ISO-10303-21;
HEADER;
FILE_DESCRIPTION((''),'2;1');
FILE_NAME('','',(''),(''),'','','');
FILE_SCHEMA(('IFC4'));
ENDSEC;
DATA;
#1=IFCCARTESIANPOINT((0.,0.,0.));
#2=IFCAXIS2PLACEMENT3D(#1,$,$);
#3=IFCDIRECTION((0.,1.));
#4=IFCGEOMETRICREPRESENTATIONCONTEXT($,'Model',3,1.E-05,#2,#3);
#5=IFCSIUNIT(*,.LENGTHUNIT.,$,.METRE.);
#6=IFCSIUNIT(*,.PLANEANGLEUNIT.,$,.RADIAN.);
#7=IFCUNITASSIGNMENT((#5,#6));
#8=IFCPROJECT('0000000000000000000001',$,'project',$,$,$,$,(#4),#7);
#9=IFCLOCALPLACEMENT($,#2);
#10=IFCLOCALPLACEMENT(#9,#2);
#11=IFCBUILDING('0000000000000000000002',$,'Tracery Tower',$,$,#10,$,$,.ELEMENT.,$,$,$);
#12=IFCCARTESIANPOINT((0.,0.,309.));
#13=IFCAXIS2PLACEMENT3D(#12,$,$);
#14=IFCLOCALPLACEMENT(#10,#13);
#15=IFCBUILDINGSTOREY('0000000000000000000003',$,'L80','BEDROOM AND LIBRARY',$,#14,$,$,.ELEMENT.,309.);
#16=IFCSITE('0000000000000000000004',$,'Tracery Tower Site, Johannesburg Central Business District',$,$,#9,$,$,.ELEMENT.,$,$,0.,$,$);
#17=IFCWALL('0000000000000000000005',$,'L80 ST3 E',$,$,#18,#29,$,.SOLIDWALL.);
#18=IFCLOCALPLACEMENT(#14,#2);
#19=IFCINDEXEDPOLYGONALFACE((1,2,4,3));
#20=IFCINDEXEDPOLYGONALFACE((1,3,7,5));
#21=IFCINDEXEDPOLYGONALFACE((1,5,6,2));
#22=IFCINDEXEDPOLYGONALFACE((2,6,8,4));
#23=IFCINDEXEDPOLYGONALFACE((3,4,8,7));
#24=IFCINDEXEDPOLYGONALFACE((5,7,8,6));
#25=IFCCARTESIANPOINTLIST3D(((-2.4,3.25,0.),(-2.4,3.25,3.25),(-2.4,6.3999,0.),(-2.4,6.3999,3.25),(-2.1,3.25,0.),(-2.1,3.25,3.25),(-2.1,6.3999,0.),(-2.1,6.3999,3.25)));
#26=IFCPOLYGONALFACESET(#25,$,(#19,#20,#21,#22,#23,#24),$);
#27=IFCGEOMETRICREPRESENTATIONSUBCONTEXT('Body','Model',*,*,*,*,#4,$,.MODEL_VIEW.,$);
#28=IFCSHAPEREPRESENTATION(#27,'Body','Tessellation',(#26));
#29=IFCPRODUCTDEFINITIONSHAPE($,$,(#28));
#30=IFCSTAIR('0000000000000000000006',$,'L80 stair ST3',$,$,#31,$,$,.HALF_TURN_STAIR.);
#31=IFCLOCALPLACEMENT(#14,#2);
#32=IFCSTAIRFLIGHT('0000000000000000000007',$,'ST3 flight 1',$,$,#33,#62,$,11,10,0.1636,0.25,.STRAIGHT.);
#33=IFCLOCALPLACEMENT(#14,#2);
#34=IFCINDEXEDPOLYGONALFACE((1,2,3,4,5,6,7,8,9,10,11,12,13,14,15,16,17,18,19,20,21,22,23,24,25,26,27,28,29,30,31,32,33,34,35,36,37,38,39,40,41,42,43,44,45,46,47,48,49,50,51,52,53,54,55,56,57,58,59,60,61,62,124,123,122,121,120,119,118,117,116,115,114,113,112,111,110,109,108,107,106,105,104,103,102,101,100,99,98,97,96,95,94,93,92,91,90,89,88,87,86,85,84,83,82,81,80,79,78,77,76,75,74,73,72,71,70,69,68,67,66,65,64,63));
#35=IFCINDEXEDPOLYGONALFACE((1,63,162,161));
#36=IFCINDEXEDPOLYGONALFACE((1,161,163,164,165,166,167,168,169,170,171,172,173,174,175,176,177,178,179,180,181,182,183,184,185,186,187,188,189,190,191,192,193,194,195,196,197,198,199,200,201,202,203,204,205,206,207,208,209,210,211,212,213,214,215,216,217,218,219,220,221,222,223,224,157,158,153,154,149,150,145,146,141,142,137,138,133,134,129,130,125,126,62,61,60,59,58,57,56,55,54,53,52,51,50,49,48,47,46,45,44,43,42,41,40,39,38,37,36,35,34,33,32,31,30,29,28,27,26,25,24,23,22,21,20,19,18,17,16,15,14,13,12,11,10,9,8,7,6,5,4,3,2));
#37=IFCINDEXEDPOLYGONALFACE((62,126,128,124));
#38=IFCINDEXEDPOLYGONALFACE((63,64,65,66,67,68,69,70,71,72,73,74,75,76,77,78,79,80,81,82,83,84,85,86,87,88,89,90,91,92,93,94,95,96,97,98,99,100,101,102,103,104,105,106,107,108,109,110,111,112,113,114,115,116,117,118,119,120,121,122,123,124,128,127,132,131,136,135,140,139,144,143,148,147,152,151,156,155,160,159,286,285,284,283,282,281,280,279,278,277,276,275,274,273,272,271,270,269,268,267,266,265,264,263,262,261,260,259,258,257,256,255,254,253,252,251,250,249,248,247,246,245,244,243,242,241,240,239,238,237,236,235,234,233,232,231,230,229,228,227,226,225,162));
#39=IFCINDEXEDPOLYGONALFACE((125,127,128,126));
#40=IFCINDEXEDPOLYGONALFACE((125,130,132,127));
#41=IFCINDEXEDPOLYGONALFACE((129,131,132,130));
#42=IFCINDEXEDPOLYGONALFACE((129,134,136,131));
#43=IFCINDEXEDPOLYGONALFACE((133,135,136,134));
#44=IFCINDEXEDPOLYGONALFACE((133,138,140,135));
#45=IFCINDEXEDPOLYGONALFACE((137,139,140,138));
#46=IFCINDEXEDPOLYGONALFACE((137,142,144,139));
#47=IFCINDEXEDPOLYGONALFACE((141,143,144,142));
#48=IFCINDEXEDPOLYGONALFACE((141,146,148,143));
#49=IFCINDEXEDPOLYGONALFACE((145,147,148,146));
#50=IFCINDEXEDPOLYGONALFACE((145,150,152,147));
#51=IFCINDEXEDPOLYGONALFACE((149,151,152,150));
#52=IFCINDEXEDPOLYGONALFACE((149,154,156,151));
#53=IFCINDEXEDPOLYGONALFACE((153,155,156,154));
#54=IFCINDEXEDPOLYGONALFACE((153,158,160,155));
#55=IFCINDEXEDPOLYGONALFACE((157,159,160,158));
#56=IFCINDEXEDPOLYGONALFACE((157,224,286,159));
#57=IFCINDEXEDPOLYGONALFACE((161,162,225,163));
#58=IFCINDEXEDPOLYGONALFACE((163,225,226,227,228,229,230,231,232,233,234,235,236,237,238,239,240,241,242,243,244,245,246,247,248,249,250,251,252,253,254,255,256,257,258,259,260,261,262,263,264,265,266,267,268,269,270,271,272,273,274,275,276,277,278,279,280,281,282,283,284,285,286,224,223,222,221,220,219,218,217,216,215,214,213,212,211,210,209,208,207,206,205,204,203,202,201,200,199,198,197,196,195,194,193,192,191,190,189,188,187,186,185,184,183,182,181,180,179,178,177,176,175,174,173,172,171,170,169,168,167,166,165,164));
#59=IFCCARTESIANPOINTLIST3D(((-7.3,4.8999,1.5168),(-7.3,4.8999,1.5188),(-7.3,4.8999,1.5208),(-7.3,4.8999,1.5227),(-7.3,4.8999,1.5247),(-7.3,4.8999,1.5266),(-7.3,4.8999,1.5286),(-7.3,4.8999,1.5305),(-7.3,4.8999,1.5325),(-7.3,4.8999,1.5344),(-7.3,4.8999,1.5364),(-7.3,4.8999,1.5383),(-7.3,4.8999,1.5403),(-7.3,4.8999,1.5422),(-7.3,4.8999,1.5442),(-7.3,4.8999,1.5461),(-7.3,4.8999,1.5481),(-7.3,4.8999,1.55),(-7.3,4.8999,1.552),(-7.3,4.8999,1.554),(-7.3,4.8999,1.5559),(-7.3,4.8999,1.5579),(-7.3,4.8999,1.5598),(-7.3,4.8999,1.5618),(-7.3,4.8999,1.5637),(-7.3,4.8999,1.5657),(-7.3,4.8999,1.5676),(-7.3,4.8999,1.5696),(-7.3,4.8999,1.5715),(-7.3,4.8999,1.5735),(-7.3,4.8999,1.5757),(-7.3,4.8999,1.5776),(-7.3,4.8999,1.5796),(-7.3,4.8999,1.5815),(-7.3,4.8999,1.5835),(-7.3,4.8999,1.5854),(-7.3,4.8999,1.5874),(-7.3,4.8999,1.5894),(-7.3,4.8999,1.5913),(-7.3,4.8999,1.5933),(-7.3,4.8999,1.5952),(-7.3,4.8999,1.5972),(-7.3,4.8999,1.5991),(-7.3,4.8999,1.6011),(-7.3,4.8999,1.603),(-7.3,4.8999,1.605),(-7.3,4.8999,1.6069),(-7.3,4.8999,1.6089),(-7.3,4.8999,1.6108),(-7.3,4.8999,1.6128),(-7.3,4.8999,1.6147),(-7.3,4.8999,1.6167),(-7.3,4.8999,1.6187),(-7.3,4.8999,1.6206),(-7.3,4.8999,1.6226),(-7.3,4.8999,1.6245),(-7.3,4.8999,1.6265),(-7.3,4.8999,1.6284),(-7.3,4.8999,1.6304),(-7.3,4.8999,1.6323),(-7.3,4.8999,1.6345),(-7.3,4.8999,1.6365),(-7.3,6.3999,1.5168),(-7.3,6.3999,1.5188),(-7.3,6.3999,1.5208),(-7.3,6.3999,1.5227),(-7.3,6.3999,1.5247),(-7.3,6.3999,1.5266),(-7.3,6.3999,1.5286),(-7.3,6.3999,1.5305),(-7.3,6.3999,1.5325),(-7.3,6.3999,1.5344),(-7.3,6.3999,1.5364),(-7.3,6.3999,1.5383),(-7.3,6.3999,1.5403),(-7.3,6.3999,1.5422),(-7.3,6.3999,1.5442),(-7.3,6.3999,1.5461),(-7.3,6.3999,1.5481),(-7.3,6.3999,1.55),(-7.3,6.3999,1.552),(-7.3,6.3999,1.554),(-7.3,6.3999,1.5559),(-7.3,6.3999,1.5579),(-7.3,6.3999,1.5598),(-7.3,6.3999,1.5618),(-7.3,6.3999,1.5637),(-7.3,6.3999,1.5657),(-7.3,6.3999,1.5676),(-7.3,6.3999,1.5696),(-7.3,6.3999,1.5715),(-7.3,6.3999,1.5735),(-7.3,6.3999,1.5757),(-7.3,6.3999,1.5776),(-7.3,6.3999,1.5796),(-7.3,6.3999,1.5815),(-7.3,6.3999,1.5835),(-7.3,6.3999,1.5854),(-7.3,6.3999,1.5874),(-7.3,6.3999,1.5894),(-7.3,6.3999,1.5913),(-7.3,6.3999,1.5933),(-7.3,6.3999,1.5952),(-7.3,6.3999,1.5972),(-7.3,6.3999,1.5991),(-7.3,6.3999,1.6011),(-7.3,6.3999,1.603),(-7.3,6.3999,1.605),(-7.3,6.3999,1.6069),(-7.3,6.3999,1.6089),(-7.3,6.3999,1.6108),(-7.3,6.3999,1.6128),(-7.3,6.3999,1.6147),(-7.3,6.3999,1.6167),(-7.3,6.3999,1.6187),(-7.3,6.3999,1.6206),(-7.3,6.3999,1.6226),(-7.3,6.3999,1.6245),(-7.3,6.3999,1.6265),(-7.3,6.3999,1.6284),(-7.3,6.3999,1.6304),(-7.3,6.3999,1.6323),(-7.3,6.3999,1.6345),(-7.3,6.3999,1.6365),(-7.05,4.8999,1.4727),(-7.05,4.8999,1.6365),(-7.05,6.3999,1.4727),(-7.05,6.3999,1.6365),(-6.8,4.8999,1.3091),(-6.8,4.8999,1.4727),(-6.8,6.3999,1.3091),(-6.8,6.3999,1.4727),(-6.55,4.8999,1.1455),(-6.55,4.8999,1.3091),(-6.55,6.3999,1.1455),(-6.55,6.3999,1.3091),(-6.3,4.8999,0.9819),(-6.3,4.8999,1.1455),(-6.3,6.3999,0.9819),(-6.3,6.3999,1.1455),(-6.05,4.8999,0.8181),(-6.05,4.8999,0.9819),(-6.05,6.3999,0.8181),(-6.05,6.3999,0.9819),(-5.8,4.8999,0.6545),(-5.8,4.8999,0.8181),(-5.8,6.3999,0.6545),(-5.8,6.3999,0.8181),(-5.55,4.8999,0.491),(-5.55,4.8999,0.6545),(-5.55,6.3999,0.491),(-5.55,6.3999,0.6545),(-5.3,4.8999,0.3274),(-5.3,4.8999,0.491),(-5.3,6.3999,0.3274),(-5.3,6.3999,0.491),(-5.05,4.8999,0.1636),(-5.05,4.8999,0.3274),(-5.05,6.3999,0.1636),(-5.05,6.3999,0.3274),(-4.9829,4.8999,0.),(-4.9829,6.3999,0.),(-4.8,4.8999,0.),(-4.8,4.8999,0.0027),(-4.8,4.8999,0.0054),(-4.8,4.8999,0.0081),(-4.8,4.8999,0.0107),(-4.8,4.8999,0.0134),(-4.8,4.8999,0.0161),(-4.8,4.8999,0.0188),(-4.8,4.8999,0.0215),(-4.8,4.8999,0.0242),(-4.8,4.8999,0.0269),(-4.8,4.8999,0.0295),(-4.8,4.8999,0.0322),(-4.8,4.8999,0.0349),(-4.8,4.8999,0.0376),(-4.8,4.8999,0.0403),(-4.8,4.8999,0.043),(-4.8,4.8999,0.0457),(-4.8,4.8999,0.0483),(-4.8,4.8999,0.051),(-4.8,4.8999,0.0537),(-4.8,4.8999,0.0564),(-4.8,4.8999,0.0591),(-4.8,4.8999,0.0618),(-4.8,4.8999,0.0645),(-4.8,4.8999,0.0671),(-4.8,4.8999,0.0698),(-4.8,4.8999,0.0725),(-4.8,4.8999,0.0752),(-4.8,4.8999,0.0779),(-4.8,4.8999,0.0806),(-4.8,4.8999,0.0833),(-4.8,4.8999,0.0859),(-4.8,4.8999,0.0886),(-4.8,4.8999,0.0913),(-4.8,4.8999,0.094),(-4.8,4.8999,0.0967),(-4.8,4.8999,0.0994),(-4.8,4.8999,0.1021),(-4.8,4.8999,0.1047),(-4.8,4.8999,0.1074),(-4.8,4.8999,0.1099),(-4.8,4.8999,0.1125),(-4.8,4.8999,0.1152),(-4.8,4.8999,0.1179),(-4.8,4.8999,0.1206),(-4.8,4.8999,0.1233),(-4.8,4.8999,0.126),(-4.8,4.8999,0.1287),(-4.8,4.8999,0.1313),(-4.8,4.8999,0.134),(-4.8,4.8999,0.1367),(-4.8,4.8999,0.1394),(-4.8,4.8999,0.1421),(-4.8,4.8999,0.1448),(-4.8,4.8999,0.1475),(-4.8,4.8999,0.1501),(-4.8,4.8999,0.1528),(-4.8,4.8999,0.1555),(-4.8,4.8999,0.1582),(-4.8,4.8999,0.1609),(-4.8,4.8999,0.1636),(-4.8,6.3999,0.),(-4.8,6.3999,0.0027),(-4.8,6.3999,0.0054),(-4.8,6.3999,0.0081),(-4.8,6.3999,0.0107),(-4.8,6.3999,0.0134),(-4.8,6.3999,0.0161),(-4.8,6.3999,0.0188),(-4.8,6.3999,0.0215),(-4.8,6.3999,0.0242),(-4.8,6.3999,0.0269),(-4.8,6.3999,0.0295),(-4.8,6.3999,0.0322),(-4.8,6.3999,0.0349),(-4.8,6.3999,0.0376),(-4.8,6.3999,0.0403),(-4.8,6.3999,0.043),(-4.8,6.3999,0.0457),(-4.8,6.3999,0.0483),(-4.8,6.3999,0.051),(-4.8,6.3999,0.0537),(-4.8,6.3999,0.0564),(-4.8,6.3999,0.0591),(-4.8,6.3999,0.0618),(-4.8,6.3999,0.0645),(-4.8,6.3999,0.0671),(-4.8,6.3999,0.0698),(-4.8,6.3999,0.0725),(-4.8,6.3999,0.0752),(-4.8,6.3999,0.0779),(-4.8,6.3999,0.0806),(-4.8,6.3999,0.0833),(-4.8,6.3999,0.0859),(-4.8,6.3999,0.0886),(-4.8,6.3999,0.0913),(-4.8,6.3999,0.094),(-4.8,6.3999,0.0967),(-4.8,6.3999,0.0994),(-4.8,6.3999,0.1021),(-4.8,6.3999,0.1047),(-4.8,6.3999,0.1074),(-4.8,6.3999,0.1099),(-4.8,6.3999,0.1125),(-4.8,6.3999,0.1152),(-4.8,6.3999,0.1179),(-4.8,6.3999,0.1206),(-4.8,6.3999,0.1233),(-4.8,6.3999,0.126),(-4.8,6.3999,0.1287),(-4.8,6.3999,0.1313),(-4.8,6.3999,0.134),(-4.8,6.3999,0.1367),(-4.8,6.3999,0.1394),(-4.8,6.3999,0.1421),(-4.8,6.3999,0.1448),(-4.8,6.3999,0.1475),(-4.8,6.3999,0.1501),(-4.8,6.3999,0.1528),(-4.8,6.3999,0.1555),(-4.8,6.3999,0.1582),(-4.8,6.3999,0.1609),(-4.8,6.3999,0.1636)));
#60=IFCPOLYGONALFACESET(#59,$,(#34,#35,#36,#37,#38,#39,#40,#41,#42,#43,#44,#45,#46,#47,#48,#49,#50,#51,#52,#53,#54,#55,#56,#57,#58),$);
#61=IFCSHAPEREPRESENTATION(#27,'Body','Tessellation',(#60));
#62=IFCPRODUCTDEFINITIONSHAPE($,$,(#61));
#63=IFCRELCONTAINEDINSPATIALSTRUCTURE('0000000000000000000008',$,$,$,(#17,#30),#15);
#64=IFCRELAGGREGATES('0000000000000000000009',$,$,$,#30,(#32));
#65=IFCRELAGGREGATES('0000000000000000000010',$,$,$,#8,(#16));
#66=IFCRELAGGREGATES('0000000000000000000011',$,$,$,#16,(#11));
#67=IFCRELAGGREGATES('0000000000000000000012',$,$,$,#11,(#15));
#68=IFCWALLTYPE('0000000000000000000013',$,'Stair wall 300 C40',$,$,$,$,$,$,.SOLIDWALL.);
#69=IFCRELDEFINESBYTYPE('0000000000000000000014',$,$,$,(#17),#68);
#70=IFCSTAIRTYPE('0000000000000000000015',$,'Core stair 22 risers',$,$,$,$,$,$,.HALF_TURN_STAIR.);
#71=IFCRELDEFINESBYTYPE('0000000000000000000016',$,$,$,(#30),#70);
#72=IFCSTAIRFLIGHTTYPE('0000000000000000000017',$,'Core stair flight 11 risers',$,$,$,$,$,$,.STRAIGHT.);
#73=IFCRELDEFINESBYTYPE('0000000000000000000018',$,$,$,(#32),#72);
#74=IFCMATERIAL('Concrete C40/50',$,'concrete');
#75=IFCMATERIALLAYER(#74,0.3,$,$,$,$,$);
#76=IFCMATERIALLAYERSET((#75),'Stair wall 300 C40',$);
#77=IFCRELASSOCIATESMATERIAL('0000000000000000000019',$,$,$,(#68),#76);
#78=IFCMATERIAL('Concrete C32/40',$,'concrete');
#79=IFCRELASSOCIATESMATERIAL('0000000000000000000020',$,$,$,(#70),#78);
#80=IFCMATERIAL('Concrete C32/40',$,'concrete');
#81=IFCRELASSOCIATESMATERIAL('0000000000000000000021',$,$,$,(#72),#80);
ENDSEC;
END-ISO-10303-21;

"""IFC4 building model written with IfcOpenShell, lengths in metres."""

from ifc_helpers import new_model, si_unit, direction, frame, frame_2d, origin, place, context, subcontext, project, spatial, polyline, rectangle, outline, extrude, material, layer, layer_set, type_object, element, aggregate, save


model = new_model("IFC4")

# Units and contexts
model_context = context("Model", 3, precision=1e-05, world=origin(), true_north=direction((0.0, 1.0)))
body_context = subcontext(model_context, "Body", "Model", "MODEL_VIEW")
ifc_project = project(units=[si_unit("LENGTHUNIT", "METRE"), si_unit("PLANEANGLEUNIT", "RADIAN")], contexts=[model_context])

# Site, building, storey
site_placement = place(None, origin())
site = spatial("IfcSite", under=ifc_project, at=site_placement, Name="Tracery Tower Site, Johannesburg Central Business District", CompositionType="ELEMENT", RefElevation=0.0)
building_placement = place(site_placement, origin())
building = spatial("IfcBuilding", under=site, at=building_placement, Name="Tracery Tower", CompositionType="ELEMENT")
storey_placement = place(building_placement, frame((0.0, 0.0, 309.0)))
storey = spatial("IfcBuildingStorey", under=building, at=storey_placement, Name="L80", Description="BEDROOM AND LIBRARY", CompositionType="ELEMENT", Elevation=309.0)

# Shared definitions
ifc_material_1 = material(Name="Concrete C40/50", Category="concrete")
ifc_layer_1 = layer(ifc_material_1, 0.3)
ifc_layer_set_1 = layer_set([ifc_layer_1], Name="Stair wall 300 C40")
wall_type_1 = type_object("IfcWallType", Name="Stair wall 300 C40", PredefinedType="SOLIDWALL", material=ifc_layer_set_1)

# Wall
wall_1_placement = place(storey_placement, frame((-2.25, 3.25, 0.0), z_axis=(0.0, 0.0, 1.0), x_axis=(0.0, 1.0, 0.0)))
element("IfcWall", 1, at=wall_1_placement, inside=storey, type_object=wall_type_1, Name="L80 ST3 E", PredefinedType="SOLIDWALL", context=body_context, shape_type="SweptSolid", body=[
    extrude(rectangle(XDim=3.1499, YDim=0.3, at=frame_2d((1.575, 0.0))), origin(), (0.0, 0.0, 1.0), 3.25),
])

# Stair, stair flight
ifc_material_2 = material(Name="Concrete C32/40", Category="concrete")
stair_type = type_object("IfcStairType", Name="Core stair 22 risers", PredefinedType="HALF_TURN_STAIR", material=ifc_material_2)
stair_placement = place(storey_placement, origin())
stair = element("IfcStair", 2, at=stair_placement, inside=storey, type_object=stair_type, Name="L80 stair ST3", PredefinedType="HALF_TURN_STAIR")
ifc_material_3 = material(Name="Concrete C32/40", Category="concrete")
stair_flight_type = type_object("IfcStairFlightType", Name="Core stair flight 11 risers", PredefinedType="STRAIGHT", material=ifc_material_3)
stair_flight_1_placement = place(storey_placement, frame((-4.8, 5.6499, 0.0), z_axis=(0.0, 0.0, 1.0), x_axis=(-1.0, 0.0, 0.0)))
stair_flight_1 = element("IfcStairFlight", 3, at=stair_flight_1_placement, type_object=stair_flight_type, Name="ST3 flight 1", NumberOfRisers=11, NumberOfTreads=10, PredefinedType="STRAIGHT", RiserHeight=0.1636, TreadLength=0.25, context=body_context, shape_type="SweptSolid", body=[
    extrude(outline(polyline([(0.0, 0.0), (0.0, 0.0027), (0.0, 0.0054), (0.0, 0.0081), (0.0, 0.0107), (0.0, 0.0134), (0.0, 0.0161), (0.0, 0.0188), (0.0, 0.0215), (0.0, 0.0242), (0.0, 0.0269), (0.0, 0.0295), (0.0, 0.0322), (0.0, 0.0349), (0.0, 0.0376), (0.0, 0.0403), (0.0, 0.043), (0.0, 0.0457), (0.0, 0.0483), (0.0, 0.051), (0.0, 0.0537), (0.0, 0.0564), (0.0, 0.0591), (0.0, 0.0618), (0.0, 0.0645), (0.0, 0.0671), (0.0, 0.0698), (0.0, 0.0725), (0.0, 0.0752), (0.0, 0.0779), (0.0, 0.0806), (0.0, 0.0833), (0.0, 0.0859), (0.0, 0.0886), (0.0, 0.0913), (0.0, 0.094), (0.0, 0.0967), (0.0, 0.0994), (0.0, 0.1021), (0.0, 0.1047), (0.0, 0.1074), (0.0, 0.1099), (0.0, 0.1125), (0.0, 0.1152), (0.0, 0.1179), (0.0, 0.1206), (0.0, 0.1233), (0.0, 0.126), (0.0, 0.1287), (0.0, 0.1313), (0.0, 0.134), (0.0, 0.1367), (0.0, 0.1394), (0.0, 0.1421), (0.0, 0.1448), (0.0, 0.1475), (0.0, 0.1501), (0.0, 0.1528), (0.0, 0.1555), (0.0, 0.1582), (0.0, 0.1609), (0.0, 0.1636), (0.25, 0.1636), (0.25, 0.3274), (0.5, 0.3274), (0.5, 0.491), (0.75, 0.491), (0.75, 0.6545), (1.0, 0.6545), (1.0, 0.8181), (1.25, 0.8181), (1.25, 0.9819), (1.5, 0.9819), (1.5, 1.1455), (1.75, 1.1455), (1.75, 1.3091), (2.0, 1.3091), (2.0, 1.4727), (2.25, 1.4727), (2.25, 1.6365), (2.5, 1.6365), (2.5, 1.6345), (2.5, 1.6323), (2.5, 1.6304), (2.5, 1.6284), (2.5, 1.6265), (2.5, 1.6245), (2.5, 1.6226), (2.5, 1.6206), (2.5, 1.6187), (2.5, 1.6167), (2.5, 1.6147), (2.5, 1.6128), (2.5, 1.6108), (2.5, 1.6089), (2.5, 1.6069), (2.5, 1.605), (2.5, 1.603), (2.5, 1.6011), (2.5, 1.5991), (2.5, 1.5972), (2.5, 1.5952), (2.5, 1.5933), (2.5, 1.5913), (2.5, 1.5894), (2.5, 1.5874), (2.5, 1.5854), (2.5, 1.5835), (2.5, 1.5815), (2.5, 1.5796), (2.5, 1.5776), (2.5, 1.5757), (2.5, 1.5735), (2.5, 1.5715), (2.5, 1.5696), (2.5, 1.5676), (2.5, 1.5657), (2.5, 1.5637), (2.5, 1.5618), (2.5, 1.5598), (2.5, 1.5579), (2.5, 1.5559), (2.5, 1.554), (2.5, 1.552), (2.5, 1.55), (2.5, 1.5481), (2.5, 1.5461), (2.5, 1.5442), (2.5, 1.5422), (2.5, 1.5403), (2.5, 1.5383), (2.5, 1.5364), (2.5, 1.5344), (2.5, 1.5325), (2.5, 1.5305), (2.5, 1.5286), (2.5, 1.5266), (2.5, 1.5247), (2.5, 1.5227), (2.5, 1.5208), (2.5, 1.5188), (2.5, 1.5168), (0.1829, 0.0), (0.0, 0.0)])), frame((0.0, 0.75, 0.0), z_axis=(0.0, -1.0, 0.0), x_axis=(1.0, 0.0, 0.0)), (0.0, 0.0, 1.0), 1.5),
])
aggregate(stair, [stair_flight_1])

save(model, "model.ifc")
